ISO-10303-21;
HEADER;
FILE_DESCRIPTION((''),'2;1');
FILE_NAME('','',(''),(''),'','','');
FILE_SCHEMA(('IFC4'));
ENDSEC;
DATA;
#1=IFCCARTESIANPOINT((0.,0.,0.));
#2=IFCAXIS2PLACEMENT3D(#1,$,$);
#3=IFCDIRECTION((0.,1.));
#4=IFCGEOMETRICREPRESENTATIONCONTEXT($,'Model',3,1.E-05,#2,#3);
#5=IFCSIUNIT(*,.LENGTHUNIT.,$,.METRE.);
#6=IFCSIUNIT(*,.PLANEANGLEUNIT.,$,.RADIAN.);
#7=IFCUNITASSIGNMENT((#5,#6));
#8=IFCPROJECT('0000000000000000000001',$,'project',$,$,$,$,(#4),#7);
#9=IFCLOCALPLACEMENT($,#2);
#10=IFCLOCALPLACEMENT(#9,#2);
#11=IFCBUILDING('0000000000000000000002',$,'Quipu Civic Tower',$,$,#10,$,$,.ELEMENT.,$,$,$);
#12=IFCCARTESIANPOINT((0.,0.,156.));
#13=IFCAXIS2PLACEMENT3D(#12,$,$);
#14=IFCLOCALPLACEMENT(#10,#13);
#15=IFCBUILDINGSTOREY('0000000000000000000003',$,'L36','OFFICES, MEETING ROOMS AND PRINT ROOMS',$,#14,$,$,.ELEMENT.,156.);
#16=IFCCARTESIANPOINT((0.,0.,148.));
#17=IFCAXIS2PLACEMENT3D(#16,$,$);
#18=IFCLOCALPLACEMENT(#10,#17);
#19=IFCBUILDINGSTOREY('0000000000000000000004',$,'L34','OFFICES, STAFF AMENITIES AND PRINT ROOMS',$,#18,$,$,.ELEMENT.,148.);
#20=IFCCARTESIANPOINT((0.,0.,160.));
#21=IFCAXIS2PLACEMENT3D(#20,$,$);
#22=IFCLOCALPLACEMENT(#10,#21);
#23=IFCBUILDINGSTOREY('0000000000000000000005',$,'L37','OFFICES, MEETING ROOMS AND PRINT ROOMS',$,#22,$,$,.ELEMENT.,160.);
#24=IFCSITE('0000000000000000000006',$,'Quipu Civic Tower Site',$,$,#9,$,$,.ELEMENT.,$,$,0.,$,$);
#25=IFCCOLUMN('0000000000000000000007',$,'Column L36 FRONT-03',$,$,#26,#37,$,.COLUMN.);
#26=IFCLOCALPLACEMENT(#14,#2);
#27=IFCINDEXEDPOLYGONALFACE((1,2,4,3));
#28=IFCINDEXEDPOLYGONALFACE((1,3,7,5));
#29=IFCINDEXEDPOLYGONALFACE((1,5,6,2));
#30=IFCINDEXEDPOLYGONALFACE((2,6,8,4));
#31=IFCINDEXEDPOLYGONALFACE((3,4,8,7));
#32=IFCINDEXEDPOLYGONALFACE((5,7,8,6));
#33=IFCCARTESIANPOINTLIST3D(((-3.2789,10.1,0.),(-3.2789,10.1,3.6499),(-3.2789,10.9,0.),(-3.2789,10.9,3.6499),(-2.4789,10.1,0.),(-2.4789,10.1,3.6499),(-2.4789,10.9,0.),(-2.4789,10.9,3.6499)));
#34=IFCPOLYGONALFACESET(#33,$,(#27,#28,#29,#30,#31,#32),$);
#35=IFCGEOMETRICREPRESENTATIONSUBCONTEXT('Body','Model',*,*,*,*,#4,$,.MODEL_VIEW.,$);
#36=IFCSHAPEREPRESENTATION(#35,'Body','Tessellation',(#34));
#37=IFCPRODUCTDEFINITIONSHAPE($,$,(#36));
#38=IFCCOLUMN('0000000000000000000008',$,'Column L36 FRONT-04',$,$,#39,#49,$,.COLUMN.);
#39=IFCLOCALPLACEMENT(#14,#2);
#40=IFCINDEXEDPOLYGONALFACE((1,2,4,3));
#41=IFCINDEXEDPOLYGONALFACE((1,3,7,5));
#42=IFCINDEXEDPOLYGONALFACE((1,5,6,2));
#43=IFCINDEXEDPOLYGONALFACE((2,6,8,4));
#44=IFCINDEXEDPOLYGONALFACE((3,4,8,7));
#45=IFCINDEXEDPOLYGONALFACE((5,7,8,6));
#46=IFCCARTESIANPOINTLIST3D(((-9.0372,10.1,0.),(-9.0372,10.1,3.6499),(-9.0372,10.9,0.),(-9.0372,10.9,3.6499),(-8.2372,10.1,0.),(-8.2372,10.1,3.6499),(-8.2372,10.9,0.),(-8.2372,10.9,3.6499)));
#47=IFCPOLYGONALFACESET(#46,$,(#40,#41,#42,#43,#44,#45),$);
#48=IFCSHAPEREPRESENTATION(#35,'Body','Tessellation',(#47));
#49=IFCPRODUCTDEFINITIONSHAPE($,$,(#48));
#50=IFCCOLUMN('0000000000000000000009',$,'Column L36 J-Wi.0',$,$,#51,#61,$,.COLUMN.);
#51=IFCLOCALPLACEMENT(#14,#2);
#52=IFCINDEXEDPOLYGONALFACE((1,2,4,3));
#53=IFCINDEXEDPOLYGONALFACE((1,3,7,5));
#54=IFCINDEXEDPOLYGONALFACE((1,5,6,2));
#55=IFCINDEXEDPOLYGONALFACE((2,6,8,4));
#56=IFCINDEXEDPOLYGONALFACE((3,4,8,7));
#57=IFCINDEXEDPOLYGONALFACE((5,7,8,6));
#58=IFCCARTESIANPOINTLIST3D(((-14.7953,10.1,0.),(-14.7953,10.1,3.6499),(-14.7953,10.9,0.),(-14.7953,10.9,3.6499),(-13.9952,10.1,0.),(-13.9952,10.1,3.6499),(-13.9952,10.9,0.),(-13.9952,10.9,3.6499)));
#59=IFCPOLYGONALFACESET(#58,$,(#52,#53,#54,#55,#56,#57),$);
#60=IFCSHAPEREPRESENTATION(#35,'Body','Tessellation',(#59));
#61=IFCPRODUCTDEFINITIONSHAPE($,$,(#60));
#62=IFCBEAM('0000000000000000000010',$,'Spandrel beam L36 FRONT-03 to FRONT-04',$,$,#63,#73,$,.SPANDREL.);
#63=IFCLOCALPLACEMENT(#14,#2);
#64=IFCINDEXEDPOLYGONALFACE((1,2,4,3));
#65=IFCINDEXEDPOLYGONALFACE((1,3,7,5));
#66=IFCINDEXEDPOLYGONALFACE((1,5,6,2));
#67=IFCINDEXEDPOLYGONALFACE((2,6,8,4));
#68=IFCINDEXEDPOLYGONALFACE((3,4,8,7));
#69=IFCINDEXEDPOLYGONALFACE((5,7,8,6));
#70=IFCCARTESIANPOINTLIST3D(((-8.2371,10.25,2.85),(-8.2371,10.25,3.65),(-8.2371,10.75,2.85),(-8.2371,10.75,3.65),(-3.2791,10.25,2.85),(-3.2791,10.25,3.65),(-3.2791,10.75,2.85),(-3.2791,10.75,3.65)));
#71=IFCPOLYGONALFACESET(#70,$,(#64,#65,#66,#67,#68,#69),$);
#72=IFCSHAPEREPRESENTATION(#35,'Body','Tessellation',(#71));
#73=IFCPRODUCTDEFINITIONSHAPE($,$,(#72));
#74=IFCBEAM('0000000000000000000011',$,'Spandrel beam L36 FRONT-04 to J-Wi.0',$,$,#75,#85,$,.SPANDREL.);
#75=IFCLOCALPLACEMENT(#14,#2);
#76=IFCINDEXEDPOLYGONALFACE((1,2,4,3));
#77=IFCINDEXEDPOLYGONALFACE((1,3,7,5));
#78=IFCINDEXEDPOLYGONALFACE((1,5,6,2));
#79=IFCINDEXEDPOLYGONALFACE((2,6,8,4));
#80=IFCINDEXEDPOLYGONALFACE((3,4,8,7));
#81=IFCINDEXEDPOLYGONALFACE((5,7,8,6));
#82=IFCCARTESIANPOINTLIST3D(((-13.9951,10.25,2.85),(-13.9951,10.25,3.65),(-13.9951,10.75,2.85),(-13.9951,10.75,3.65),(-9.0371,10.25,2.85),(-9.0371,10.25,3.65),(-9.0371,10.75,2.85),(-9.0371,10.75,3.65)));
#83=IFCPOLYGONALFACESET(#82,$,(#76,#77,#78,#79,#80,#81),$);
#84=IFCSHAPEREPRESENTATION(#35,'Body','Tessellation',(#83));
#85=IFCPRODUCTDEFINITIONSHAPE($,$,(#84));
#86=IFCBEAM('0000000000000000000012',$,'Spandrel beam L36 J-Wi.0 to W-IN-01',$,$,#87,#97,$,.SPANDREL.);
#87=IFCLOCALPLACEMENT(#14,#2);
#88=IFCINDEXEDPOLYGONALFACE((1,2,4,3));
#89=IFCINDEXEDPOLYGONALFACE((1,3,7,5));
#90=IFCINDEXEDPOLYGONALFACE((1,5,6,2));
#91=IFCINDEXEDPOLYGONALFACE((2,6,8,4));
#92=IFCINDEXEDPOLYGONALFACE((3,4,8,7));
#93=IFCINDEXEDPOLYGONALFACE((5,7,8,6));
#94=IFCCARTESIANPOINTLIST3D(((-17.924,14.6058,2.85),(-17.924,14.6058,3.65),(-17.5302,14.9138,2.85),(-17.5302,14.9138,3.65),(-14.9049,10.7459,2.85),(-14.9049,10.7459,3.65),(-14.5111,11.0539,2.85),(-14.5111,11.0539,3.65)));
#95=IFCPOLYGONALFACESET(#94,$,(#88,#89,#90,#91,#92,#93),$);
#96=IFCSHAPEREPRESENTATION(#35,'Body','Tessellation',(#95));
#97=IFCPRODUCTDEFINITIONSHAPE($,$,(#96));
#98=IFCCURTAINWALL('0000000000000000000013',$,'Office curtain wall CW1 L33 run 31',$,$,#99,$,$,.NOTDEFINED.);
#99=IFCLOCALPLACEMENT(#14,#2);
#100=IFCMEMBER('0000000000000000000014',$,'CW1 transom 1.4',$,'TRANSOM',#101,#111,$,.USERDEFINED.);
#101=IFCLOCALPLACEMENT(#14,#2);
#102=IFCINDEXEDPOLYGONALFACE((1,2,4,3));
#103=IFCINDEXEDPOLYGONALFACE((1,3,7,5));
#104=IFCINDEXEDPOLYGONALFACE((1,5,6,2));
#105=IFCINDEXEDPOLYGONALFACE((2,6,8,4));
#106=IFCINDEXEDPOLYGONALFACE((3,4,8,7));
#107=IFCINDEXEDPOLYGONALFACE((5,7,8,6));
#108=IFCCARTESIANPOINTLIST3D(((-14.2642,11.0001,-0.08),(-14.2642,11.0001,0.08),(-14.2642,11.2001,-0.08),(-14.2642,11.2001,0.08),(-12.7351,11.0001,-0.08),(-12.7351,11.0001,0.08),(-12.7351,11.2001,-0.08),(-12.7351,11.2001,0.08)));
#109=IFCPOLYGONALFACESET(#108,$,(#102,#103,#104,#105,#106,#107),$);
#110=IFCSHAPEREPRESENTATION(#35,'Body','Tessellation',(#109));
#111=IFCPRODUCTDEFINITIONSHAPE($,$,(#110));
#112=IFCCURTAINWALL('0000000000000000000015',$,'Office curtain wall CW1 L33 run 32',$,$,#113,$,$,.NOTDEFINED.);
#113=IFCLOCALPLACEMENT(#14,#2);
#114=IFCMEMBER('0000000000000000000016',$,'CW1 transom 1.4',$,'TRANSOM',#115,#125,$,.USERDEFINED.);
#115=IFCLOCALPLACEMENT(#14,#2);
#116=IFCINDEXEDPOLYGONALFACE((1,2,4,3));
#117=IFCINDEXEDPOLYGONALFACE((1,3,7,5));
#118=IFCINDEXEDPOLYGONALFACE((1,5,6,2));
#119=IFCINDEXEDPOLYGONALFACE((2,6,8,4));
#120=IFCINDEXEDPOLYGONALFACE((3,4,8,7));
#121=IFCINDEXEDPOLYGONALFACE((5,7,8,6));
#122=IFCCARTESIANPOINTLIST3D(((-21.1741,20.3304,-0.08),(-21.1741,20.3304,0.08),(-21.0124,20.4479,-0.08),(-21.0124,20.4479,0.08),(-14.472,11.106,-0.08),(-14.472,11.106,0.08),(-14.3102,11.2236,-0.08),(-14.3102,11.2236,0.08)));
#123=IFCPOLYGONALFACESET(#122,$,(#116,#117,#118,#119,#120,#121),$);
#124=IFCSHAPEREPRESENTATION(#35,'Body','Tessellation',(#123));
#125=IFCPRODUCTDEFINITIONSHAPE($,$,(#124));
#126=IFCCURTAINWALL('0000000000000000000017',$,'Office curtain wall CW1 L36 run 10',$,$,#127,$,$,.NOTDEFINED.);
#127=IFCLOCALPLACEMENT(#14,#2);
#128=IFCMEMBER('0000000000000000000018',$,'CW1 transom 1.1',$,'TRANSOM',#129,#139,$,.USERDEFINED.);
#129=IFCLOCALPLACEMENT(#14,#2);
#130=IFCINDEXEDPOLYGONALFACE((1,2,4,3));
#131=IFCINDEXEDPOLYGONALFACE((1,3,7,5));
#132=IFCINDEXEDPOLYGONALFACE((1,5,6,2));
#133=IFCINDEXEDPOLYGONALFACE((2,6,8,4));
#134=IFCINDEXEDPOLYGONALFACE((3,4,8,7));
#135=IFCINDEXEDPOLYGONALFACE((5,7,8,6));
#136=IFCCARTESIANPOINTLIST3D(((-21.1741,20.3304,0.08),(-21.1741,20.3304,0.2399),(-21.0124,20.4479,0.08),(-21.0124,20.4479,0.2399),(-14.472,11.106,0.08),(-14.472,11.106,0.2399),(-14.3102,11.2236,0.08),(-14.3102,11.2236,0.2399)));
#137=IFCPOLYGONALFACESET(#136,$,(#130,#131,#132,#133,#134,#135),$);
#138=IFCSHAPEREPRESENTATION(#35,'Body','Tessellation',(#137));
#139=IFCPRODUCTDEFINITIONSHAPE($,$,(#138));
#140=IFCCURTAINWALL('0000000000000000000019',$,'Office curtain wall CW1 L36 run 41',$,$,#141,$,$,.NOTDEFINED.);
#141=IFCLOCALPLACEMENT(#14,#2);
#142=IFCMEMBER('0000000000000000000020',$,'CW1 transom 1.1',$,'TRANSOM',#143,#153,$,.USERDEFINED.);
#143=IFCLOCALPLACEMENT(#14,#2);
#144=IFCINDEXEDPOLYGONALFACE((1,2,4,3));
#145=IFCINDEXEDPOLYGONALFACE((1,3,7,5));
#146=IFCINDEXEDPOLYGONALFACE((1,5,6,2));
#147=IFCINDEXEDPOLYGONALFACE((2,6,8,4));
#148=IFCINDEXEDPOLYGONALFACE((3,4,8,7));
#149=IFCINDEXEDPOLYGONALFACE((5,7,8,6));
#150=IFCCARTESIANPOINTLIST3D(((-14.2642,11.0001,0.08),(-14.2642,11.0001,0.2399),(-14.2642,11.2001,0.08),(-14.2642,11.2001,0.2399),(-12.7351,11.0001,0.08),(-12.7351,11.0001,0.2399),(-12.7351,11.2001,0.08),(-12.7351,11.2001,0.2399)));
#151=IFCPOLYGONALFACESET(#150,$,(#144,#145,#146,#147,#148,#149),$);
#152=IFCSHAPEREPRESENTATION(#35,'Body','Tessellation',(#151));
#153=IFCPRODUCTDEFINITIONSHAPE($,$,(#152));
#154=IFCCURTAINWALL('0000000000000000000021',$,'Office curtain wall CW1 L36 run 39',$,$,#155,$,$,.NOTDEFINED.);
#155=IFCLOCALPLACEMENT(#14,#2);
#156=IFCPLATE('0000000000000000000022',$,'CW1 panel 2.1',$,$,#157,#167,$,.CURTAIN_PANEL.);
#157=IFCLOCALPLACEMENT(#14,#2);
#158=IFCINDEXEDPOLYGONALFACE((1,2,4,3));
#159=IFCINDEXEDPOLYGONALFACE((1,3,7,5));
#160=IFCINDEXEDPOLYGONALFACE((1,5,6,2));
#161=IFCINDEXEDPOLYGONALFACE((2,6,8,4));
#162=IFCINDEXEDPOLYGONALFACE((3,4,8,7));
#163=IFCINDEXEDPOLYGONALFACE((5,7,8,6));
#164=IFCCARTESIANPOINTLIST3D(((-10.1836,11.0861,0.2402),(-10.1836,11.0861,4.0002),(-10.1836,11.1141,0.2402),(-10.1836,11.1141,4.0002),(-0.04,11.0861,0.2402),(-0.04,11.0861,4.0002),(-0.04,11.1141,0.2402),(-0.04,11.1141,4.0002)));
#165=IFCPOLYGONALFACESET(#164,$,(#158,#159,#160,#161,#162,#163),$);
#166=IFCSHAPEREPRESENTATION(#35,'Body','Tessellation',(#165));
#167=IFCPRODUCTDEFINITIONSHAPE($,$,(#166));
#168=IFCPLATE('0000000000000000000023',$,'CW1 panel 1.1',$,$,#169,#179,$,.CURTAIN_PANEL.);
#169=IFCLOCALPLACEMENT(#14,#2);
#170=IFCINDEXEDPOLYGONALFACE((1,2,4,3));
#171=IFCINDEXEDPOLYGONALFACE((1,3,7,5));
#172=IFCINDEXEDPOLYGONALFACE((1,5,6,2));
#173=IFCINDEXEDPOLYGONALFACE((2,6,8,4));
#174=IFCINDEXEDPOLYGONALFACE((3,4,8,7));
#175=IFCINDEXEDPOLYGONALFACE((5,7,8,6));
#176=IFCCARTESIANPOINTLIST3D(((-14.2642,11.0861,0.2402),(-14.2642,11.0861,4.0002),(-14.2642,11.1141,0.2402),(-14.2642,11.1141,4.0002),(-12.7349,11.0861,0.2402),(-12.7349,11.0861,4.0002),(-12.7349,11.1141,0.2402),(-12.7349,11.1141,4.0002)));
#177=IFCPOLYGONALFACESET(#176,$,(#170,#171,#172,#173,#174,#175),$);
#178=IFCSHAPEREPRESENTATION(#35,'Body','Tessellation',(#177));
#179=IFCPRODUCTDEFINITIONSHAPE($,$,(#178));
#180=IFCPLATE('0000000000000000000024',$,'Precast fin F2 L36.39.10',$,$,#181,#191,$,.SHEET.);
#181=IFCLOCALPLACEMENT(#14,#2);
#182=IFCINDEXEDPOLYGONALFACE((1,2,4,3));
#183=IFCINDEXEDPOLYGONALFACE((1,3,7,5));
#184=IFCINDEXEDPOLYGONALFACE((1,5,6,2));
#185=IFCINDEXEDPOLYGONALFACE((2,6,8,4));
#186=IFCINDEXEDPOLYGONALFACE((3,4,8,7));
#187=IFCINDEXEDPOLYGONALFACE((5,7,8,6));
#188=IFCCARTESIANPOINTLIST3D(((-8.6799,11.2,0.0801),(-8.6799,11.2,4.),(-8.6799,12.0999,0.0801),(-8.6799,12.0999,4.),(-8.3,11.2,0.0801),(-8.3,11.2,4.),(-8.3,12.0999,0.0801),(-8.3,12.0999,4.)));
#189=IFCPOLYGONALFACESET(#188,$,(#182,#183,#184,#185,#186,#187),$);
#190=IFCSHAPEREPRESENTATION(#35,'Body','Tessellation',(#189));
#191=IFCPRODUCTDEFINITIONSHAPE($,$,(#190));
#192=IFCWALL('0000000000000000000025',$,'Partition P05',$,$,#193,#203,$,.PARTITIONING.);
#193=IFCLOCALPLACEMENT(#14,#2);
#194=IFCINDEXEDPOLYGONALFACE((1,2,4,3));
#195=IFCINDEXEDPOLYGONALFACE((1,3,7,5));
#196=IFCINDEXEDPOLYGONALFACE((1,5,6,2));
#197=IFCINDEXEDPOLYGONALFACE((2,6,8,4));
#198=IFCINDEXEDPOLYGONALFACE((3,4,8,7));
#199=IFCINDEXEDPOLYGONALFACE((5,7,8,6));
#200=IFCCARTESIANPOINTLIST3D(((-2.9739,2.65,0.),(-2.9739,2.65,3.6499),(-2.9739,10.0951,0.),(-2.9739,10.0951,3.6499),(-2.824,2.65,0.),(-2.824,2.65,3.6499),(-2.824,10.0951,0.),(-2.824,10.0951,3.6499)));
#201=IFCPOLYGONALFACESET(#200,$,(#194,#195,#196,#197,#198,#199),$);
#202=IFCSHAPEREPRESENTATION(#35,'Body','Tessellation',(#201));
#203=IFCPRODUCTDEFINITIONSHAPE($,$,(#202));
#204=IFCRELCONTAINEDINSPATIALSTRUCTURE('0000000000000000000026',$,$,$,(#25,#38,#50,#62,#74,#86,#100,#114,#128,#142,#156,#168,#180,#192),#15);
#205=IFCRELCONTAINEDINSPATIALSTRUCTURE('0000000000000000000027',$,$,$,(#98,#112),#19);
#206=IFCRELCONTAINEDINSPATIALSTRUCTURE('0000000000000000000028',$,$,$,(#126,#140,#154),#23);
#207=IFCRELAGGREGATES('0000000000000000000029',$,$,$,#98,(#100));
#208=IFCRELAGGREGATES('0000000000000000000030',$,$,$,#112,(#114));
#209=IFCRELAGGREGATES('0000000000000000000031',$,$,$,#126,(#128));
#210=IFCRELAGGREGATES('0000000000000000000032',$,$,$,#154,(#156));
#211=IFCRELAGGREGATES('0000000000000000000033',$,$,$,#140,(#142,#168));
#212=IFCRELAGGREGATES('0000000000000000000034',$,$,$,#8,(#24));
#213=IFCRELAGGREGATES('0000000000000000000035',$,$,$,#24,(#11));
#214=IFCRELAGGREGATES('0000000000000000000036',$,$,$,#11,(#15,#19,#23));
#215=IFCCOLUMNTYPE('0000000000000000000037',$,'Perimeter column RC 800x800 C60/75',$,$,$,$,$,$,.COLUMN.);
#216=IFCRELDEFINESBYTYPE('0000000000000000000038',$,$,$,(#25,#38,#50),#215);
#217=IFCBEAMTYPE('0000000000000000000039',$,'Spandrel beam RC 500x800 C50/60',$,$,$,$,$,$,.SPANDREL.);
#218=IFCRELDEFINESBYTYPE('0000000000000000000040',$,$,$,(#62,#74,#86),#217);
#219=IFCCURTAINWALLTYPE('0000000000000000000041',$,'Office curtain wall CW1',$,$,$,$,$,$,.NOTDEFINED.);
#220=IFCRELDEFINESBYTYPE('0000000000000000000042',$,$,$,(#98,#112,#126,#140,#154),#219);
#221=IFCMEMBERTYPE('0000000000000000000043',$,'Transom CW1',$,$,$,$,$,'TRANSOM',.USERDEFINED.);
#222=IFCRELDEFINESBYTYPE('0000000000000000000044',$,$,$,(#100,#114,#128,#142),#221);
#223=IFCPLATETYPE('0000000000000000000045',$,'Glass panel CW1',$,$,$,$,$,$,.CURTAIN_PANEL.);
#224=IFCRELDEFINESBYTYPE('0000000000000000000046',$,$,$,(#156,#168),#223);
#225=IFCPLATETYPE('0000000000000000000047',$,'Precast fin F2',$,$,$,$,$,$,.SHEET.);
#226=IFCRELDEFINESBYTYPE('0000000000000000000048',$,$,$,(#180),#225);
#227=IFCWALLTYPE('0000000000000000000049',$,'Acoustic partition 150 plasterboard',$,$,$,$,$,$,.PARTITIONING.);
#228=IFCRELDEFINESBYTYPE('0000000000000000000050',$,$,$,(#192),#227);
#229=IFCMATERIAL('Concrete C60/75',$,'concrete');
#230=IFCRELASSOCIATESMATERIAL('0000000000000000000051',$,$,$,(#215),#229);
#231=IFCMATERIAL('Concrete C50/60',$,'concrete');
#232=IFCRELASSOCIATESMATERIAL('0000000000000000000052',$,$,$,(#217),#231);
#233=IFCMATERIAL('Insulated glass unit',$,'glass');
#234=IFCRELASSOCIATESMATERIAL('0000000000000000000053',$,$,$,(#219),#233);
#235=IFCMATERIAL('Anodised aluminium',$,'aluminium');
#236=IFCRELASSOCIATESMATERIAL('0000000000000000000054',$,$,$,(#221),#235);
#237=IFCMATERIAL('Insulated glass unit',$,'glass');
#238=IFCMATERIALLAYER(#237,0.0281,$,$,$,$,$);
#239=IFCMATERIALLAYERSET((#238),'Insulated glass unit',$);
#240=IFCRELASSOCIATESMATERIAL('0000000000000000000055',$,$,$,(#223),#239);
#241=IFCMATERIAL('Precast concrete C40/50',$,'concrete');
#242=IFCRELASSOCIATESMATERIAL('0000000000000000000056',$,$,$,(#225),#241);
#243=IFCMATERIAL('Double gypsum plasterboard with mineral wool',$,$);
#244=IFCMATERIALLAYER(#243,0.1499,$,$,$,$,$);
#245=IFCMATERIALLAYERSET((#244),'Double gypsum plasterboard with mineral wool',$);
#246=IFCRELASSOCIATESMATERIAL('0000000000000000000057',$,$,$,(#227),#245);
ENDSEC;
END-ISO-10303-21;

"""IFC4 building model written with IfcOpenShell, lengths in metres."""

from ifc_helpers import new_model, si_unit, direction, frame, frame_2d, origin, origin_2d, place, context, subcontext, project, spatial, rectangle, extrude, material, layer, layer_set, material_profile, profile_set, type_object, element, aggregate, save


model = new_model("IFC4")

# Units and contexts
model_context = context("Model", 3, precision=1e-05, world=origin(), true_north=direction((0.0, 1.0)))
body_context = subcontext(model_context, "Body", "Model", "MODEL_VIEW")
ifc_project = project(units=[si_unit("LENGTHUNIT", "METRE"), si_unit("PLANEANGLEUNIT", "RADIAN")], contexts=[model_context])

# Site, building, storey
site_placement = place(None, origin())
site = spatial("IfcSite", under=ifc_project, at=site_placement, Name="Quipu Civic Tower Site", CompositionType="ELEMENT", RefElevation=0.0)
building_placement = place(site_placement, origin())
building = spatial("IfcBuilding", under=site, at=building_placement, Name="Quipu Civic Tower", CompositionType="ELEMENT")
storey_1_placement = place(building_placement, frame((0.0, 0.0, 156.0)))
storey_1 = spatial("IfcBuildingStorey", under=building, at=storey_1_placement, Name="L36", Description="OFFICES, MEETING ROOMS AND PRINT ROOMS", CompositionType="ELEMENT", Elevation=156.0)

# Columns
ifc_material_1 = material(Name="Concrete C60/75", Category="concrete")
ifc_material_profile_1 = material_profile(ifc_material_1, rectangle(XDim=0.8, YDim=0.8, at=origin_2d()), Name="RC800x800")
ifc_profile_set_1 = profile_set([ifc_material_profile_1], Name="Concrete C60/75")
column_type = type_object("IfcColumnType", Name="Perimeter column RC 800x800 C60/75", PredefinedType="COLUMN", material=ifc_profile_set_1)
for number, where, z_axis, x_axis, name in (
    (1, (-2.8789, 10.5, 0.0), (0.0, 0.0, 1.0), (-1.0, 0.0, 0.0), "Column L36 FRONT-03"),
    (2, (-8.6372, 10.5, 0.0), (0.0, 0.0, 1.0), (-1.0, 0.0, 0.0), "Column L36 FRONT-04"),
    (3, (-14.3953, 10.5, 0.0), (0.0, 0.0, 1.0), (-1.0, 0.0, 0.0), "Column L36 J-Wi.0"),
):
    element("IfcColumn", number, at=place(storey_1_placement, frame(where, z_axis=z_axis, x_axis=x_axis)), inside=storey_1, type_object=column_type, Name=name, PredefinedType="COLUMN", context=body_context, shape_type="SweptSolid", body=[
        extrude(rectangle(XDim=0.8, YDim=0.8, at=origin_2d()), origin(), (0.0, 0.0, 1.0), 3.6499),
    ])

# Beams
ifc_material_2 = material(Name="Concrete C50/60", Category="concrete")
ifc_material_profile_2 = material_profile(ifc_material_2, rectangle(XDim=0.5, YDim=0.8, at=origin_2d()), Name="RC500x800")
ifc_profile_set_2 = profile_set([ifc_material_profile_2], Name="Concrete C50/60")
beam_type = type_object("IfcBeamType", Name="Spandrel beam RC 500x800 C50/60", PredefinedType="SPANDREL", material=ifc_profile_set_2)
for number, where, z_axis, x_axis, name in (
    (4, (-3.2791, 10.5, 3.25), (-1.0, 0.0, 0.0), (0.0, -1.0, 0.0), "Spandrel beam L36 FRONT-03 to FRONT-04"),
    (5, (-9.0371, 10.5, 3.25), (-1.0, 0.0, 0.0), (0.0, -1.0, 0.0), "Spandrel beam L36 FRONT-04 to J-Wi.0"),
):
    element("IfcBeam", number, at=place(storey_1_placement, frame(where, z_axis=z_axis, x_axis=x_axis)), inside=storey_1, type_object=beam_type, Name=name, PredefinedType="SPANDREL", context=body_context, shape_type="SweptSolid", body=[
        extrude(rectangle(XDim=0.5, YDim=0.8, at=origin_2d()), origin(), (0.0, 0.0, 1.0), 4.958),
    ])
beam_placement = place(storey_1_placement, frame((-14.708, 10.8999, 3.25), z_axis=(-0.616091, 0.787675, 0.0), x_axis=(-0.787675, -0.616091, 0.0)))
element("IfcBeam", 6, at=beam_placement, inside=storey_1, type_object=beam_type, Name="Spandrel beam L36 J-Wi.0 to W-IN-01", PredefinedType="SPANDREL", context=body_context, shape_type="SweptSolid", body=[
    extrude(rectangle(XDim=0.5, YDim=0.8, at=origin_2d()), origin(), (0.0, 0.0, 1.0), 4.9004),
])

# Shared definitions
storey_2_placement = place(building_placement, frame((0.0, 0.0, 148.0)))
storey_2 = spatial("IfcBuildingStorey", under=building, at=storey_2_placement, Name="L34", Description="OFFICES, STAFF AMENITIES AND PRINT ROOMS", CompositionType="ELEMENT", Elevation=148.0)

# Curtain walls, members
ifc_material_3 = material(Name="Insulated glass unit", Category="glass")
curtain_wall_type = type_object("IfcCurtainWallType", Name="Office curtain wall CW1", PredefinedType="NOTDEFINED", material=ifc_material_3)
curtain_wall_1_placement = place(storey_2_placement, origin())
curtain_wall_1 = element("IfcCurtainWall", 7, at=curtain_wall_1_placement, inside=storey_2, type_object=curtain_wall_type, Name="Office curtain wall CW1 L33 run 31", PredefinedType="NOTDEFINED")
ifc_material_4 = material(Name="Anodised aluminium", Category="aluminium")
ifc_material_profile_3 = material_profile(ifc_material_4, rectangle(XDim=0.2, YDim=0.1599, at=origin_2d()), Name="RECT 200x160")
ifc_profile_set_3 = profile_set([ifc_material_profile_3], Name="Anodised aluminium")
member_type = type_object("IfcMemberType", Name="Transom CW1", ElementType="TRANSOM", PredefinedType="USERDEFINED", material=ifc_profile_set_3)
member_1_placement = place(storey_1_placement, frame((-12.7351, 11.1001, 0.0), z_axis=(-1.0, 0.0, 0.0), x_axis=(0.0, -1.0, 0.0)))
member_1 = element("IfcMember", 8, at=member_1_placement, inside=storey_1, type_object=member_type, Name="CW1 transom 1.4", ObjectType="TRANSOM", PredefinedType="USERDEFINED", context=body_context, shape_type="SweptSolid", body=[
    extrude(rectangle(XDim=0.2, YDim=0.1599, at=origin_2d()), origin(), (0.0, 0.0, 1.0), 1.5291),
])
aggregate(curtain_wall_1, [member_1])
curtain_wall_2_placement = place(storey_2_placement, origin())
curtain_wall_2 = element("IfcCurtainWall", 9, at=curtain_wall_2_placement, inside=storey_2, type_object=curtain_wall_type, Name="Office curtain wall CW1 L33 run 32", PredefinedType="NOTDEFINED")
member_2_placement = place(storey_1_placement, frame((-14.3911, 11.1648, 0.0), z_axis=(-0.5878, 0.809006, 0.0), x_axis=(-0.809006, -0.5878, 0.0)))
member_2 = element("IfcMember", 10, at=member_2_placement, inside=storey_1, type_object=member_type, Name="CW1 transom 1.4", ObjectType="TRANSOM", PredefinedType="USERDEFINED", context=body_context, shape_type="SweptSolid", body=[
    extrude(rectangle(XDim=0.2, YDim=0.1599, at=origin_2d()), origin(), (0.0, 0.0, 1.0), 11.4021),
])
aggregate(curtain_wall_2, [member_2])

# Shared definitions
storey_3_placement = place(building_placement, frame((0.0, 0.0, 160.0)))
storey_3 = spatial("IfcBuildingStorey", under=building, at=storey_3_placement, Name="L37", Description="OFFICES, MEETING ROOMS AND PRINT ROOMS", CompositionType="ELEMENT", Elevation=160.0)

# Curtain walls, members
curtain_wall_3_placement = place(storey_3_placement, origin())
curtain_wall_3 = element("IfcCurtainWall", 11, at=curtain_wall_3_placement, inside=storey_3, type_object=curtain_wall_type, Name="Office curtain wall CW1 L36 run 10", PredefinedType="NOTDEFINED")
member_3_placement = place(storey_1_placement, frame((-14.3911, 11.1648, 0.1599), z_axis=(-0.5878, 0.809006, 0.0), x_axis=(-0.809006, -0.5878, 0.0)))
member_3 = element("IfcMember", 12, at=member_3_placement, inside=storey_1, type_object=member_type, Name="CW1 transom 1.1", ObjectType="TRANSOM", PredefinedType="USERDEFINED", context=body_context, shape_type="SweptSolid", body=[
    extrude(rectangle(XDim=0.2, YDim=0.1599, at=origin_2d()), origin(), (0.0, 0.0, 1.0), 11.4021),
])
aggregate(curtain_wall_3, [member_3])
curtain_wall_4_placement = place(storey_3_placement, origin())
curtain_wall_4 = element("IfcCurtainWall", 13, at=curtain_wall_4_placement, inside=storey_3, type_object=curtain_wall_type, Name="Office curtain wall CW1 L36 run 41", PredefinedType="NOTDEFINED")
member_4_placement = place(storey_1_placement, frame((-12.7351, 11.1001, 0.1599), z_axis=(-1.0, 0.0, 0.0), x_axis=(0.0, -1.0, 0.0)))
member_4 = element("IfcMember", 14, at=member_4_placement, inside=storey_1, type_object=member_type, Name="CW1 transom 1.1", ObjectType="TRANSOM", PredefinedType="USERDEFINED", context=body_context, shape_type="SweptSolid", body=[
    extrude(rectangle(XDim=0.2, YDim=0.1599, at=origin_2d()), origin(), (0.0, 0.0, 1.0), 1.5291),
])

# Curtain wall, plate
curtain_wall_5_placement = place(storey_3_placement, origin())
curtain_wall_5 = element("IfcCurtainWall", 15, at=curtain_wall_5_placement, inside=storey_3, type_object=curtain_wall_type, Name="Office curtain wall CW1 L36 run 39", PredefinedType="NOTDEFINED")
ifc_material_5 = material(Name="Insulated glass unit", Category="glass")
ifc_layer_1 = layer(ifc_material_5, 0.0281)
ifc_layer_set_1 = layer_set([ifc_layer_1], Name="Insulated glass unit")
plate_type_1 = type_object("IfcPlateType", Name="Glass panel CW1", PredefinedType="CURTAIN_PANEL", material=ifc_layer_set_1)
plate_1_placement = place(storey_1_placement, frame((-5.1118, 11.1001, 0.2402), z_axis=(0.0, 0.0, 1.0), x_axis=(-1.0, 0.0, 0.0)))
plate_1 = element("IfcPlate", 16, at=plate_1_placement, inside=storey_1, type_object=plate_type_1, Name="CW1 panel 2.1", PredefinedType="CURTAIN_PANEL", context=body_context, shape_type="SweptSolid", body=[
    extrude(rectangle(XDim=10.1436, YDim=0.0281, at=origin_2d()), origin(), (0.0, 0.0, 1.0), 3.76),
])
aggregate(curtain_wall_5, [plate_1])

# Plates
plate_2_placement = place(storey_1_placement, frame((-13.4995, 11.1001, 0.2402), z_axis=(0.0, 0.0, 1.0), x_axis=(-1.0, 0.0, 0.0)))
plate_2 = element("IfcPlate", 17, at=plate_2_placement, inside=storey_1, type_object=plate_type_1, Name="CW1 panel 1.1", PredefinedType="CURTAIN_PANEL", context=body_context, shape_type="SweptSolid", body=[
    extrude(rectangle(XDim=1.5293, YDim=0.0281, at=origin_2d()), origin(), (0.0, 0.0, 1.0), 3.76),
])
aggregate(curtain_wall_4, [member_4, plate_2])
ifc_material_6 = material(Name="Precast concrete C40/50", Category="concrete")
plate_type_2 = type_object("IfcPlateType", Name="Precast fin F2", PredefinedType="SHEET", material=ifc_material_6)
plate_3_placement = place(storey_1_placement, frame((-8.49, 11.6499, 0.0801), z_axis=(0.0, 0.0, 1.0), x_axis=(-1.0, 0.0, 0.0)))
element("IfcPlate", 18, at=plate_3_placement, inside=storey_1, type_object=plate_type_2, Name="Precast fin F2 L36.39.10", PredefinedType="SHEET", context=body_context, shape_type="SweptSolid", body=[
    extrude(rectangle(XDim=0.3799, YDim=0.8999, at=origin_2d()), origin(), (0.0, 0.0, 1.0), 3.9199),
])

# Wall
ifc_material_7 = material(Name="Double gypsum plasterboard with mineral wool")
ifc_layer_2 = layer(ifc_material_7, 0.1499)
ifc_layer_set_2 = layer_set([ifc_layer_2], Name="Double gypsum plasterboard with mineral wool")
wall_type_1 = type_object("IfcWallType", Name="Acoustic partition 150 plasterboard", PredefinedType="PARTITIONING", material=ifc_layer_set_2)
wall_1_placement = place(storey_1_placement, frame((-2.8989, 2.6499, 0.0), z_axis=(0.0, 0.0, 1.0), x_axis=(0.0, 1.0, 0.0)))
element("IfcWall", 19, at=wall_1_placement, inside=storey_1, type_object=wall_type_1, Name="Partition P05", PredefinedType="PARTITIONING", context=body_context, shape_type="SweptSolid", body=[
    extrude(rectangle(XDim=7.4451, YDim=0.1499, at=frame_2d((3.7227, 0.0))), origin(), (0.0, 0.0, 1.0), 3.6499),
])

save(model, "model.ifc")
